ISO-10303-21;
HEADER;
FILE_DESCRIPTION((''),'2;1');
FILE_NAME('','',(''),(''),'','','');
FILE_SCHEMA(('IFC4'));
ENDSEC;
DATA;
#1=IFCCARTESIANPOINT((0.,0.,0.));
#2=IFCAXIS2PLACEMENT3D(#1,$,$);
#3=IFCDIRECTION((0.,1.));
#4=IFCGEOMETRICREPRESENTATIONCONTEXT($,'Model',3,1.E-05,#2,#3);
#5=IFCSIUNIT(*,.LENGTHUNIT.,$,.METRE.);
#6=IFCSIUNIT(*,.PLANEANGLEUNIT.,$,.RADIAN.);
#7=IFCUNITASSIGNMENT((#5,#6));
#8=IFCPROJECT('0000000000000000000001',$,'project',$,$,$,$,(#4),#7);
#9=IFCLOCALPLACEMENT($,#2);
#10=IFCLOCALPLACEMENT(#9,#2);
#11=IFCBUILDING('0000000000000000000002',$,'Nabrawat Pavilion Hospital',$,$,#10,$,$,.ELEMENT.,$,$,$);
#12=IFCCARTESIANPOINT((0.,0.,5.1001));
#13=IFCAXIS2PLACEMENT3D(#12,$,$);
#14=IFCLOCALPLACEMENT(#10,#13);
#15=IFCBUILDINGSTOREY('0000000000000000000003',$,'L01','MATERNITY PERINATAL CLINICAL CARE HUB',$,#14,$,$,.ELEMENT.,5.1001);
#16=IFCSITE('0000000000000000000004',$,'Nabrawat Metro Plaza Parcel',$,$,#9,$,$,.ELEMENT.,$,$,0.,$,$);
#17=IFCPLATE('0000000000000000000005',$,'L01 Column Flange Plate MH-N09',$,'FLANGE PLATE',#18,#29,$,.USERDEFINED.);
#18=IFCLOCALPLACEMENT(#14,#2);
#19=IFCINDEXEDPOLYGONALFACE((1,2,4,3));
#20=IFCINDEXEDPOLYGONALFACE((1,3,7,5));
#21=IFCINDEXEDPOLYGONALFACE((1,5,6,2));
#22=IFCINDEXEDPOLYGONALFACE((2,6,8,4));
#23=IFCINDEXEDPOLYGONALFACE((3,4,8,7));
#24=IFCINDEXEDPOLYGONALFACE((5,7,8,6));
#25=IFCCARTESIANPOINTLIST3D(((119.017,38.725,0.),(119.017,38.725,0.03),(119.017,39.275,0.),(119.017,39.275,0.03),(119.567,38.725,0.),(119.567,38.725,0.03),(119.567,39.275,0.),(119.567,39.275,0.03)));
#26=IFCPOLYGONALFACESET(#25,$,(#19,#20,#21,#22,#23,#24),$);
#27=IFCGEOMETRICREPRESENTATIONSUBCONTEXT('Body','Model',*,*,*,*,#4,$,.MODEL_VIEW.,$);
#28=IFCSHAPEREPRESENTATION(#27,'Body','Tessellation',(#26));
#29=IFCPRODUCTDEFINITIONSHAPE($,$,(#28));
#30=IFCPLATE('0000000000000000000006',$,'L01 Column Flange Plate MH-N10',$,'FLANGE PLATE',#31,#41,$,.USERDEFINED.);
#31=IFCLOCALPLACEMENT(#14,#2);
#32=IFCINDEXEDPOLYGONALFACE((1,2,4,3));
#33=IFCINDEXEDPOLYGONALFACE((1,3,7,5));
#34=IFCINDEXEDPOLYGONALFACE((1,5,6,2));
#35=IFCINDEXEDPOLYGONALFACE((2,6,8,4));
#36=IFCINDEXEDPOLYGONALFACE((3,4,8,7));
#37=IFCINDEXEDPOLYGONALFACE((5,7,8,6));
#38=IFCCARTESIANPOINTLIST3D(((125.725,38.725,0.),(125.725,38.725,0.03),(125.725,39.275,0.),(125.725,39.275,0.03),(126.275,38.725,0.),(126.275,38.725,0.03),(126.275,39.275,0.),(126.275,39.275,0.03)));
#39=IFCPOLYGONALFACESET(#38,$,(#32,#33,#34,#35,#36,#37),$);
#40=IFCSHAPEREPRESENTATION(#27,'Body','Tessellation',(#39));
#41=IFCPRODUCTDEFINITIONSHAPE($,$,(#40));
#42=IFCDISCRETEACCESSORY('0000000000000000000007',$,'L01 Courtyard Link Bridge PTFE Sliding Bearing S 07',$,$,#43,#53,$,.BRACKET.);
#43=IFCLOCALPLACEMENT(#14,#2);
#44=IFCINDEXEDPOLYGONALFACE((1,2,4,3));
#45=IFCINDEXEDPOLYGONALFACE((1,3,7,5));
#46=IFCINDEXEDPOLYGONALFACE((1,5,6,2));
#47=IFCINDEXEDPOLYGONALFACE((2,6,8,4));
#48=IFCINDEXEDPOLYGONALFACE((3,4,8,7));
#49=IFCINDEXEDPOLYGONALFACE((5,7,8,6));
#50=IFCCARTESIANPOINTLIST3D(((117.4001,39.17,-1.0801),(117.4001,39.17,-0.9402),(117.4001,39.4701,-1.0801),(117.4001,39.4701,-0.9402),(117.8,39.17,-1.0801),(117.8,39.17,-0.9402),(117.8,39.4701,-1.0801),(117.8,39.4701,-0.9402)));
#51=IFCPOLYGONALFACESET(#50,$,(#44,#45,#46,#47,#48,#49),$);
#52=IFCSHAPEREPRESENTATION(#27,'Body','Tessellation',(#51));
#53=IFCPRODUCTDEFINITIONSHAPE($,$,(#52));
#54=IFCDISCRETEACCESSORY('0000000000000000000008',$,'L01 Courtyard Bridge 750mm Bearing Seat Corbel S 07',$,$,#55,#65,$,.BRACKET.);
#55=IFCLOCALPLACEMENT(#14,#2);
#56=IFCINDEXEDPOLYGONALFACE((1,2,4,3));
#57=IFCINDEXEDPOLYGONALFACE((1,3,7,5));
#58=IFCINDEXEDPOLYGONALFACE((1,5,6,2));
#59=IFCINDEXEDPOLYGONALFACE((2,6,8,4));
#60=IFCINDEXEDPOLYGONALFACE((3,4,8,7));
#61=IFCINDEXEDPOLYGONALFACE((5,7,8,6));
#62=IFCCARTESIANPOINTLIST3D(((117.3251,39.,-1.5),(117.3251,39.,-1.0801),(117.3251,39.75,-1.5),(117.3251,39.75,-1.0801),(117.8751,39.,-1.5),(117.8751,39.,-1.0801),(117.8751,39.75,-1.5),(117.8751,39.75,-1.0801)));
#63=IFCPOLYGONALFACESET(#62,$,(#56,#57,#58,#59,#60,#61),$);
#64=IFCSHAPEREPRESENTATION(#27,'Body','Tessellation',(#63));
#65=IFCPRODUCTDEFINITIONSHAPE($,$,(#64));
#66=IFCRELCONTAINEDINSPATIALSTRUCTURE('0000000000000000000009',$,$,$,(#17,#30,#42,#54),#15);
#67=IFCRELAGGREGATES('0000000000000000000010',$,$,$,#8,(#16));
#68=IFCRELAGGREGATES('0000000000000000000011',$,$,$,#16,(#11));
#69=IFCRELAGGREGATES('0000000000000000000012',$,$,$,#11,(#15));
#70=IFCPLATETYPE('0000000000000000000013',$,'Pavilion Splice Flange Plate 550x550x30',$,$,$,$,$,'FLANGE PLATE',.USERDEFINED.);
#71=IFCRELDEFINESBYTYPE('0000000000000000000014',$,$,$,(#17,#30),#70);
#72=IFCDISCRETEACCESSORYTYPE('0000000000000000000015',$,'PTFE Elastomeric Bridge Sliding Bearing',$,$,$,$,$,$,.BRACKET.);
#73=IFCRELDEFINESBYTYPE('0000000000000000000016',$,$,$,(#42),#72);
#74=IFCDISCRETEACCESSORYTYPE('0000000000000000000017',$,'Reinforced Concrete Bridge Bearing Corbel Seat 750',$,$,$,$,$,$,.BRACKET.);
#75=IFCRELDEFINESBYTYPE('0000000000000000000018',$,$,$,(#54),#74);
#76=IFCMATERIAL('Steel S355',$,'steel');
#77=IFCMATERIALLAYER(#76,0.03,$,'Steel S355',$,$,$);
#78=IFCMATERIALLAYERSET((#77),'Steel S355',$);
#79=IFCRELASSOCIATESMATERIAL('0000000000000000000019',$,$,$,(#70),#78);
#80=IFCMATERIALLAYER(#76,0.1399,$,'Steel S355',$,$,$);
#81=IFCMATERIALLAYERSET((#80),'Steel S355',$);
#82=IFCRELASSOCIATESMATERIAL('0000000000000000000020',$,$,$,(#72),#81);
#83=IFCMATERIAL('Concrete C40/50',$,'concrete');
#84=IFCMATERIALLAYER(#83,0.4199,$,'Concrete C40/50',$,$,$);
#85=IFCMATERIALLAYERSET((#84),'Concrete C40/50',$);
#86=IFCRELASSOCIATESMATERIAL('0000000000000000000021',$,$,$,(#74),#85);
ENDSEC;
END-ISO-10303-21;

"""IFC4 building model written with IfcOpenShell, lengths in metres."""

from ifc_helpers import new_model, si_unit, direction, frame, origin, origin_2d, place, context, subcontext, project, spatial, rectangle, extrude, material, layer, layer_set, type_object, element, save


model = new_model("IFC4")

# Units and contexts
model_context = context("Model", 3, precision=1e-05, world=origin(), true_north=direction((0.0, 1.0)))
body_context = subcontext(model_context, "Body", "Model", "MODEL_VIEW")
ifc_project = project(units=[si_unit("LENGTHUNIT", "METRE"), si_unit("PLANEANGLEUNIT", "RADIAN")], contexts=[model_context])

# Site, building, storey
site_placement = place(None, origin())
site = spatial("IfcSite", under=ifc_project, at=site_placement, Name="Nabrawat Metro Plaza Parcel", CompositionType="ELEMENT", RefElevation=0.0)
building_placement = place(site_placement, origin())
building = spatial("IfcBuilding", under=site, at=building_placement, Name="Nabrawat Pavilion Hospital", CompositionType="ELEMENT")
storey_placement = place(building_placement, frame((0.0, 0.0, 5.1001)))
storey = spatial("IfcBuildingStorey", under=building, at=storey_placement, Name="L01", Description="MATERNITY PERINATAL CLINICAL CARE HUB", CompositionType="ELEMENT", Elevation=5.1001)

# Shared definitions
ifc_material_1 = material(Name="Steel S355", Category="steel")

# Plates
ifc_layer_1 = layer(ifc_material_1, 0.03, Name="Steel S355")
ifc_layer_set_1 = layer_set([ifc_layer_1], Name="Steel S355")
plate_type_1 = type_object("IfcPlateType", Name="Pavilion Splice Flange Plate 550x550x30", ElementType="FLANGE PLATE", PredefinedType="USERDEFINED", material=ifc_layer_set_1)
for number, where, z_axis, x_axis, name in (
    (1, (119.292, 39.0, 0.0), (0.0, 0.0, 1.0), (1.0, 0.0, 0.0), "L01 Column Flange Plate MH-N09"),
    (2, (126.0, 39.0, 0.0), (0.0, 0.0, 1.0), (1.0, 0.0, 0.0), "L01 Column Flange Plate MH-N10"),
):
    element("IfcPlate", number, at=place(storey_placement, frame(where, z_axis=z_axis, x_axis=x_axis)), inside=storey, type_object=plate_type_1, Name=name, ObjectType="FLANGE PLATE", PredefinedType="USERDEFINED", context=body_context, shape_type="SweptSolid", body=[
        extrude(rectangle(XDim=0.55, YDim=0.55, at=origin_2d()), origin(), (0.0, 0.0, 1.0), 0.03),
    ])

# Discrete accessories
ifc_layer_2 = layer(ifc_material_1, 0.1399, Name="Steel S355")
ifc_layer_set_2 = layer_set([ifc_layer_2], Name="Steel S355")
discrete_accessory_type_1 = type_object("IfcDiscreteAccessoryType", Name="PTFE Elastomeric Bridge Sliding Bearing", PredefinedType="BRACKET", material=ifc_layer_set_2)
discrete_accessory_1_placement = place(storey_placement, frame((117.6001, 39.3201, -1.0801), z_axis=(0.0, 0.0, 1.0), x_axis=(1.0, 0.0, 0.0)))
element("IfcDiscreteAccessory", 3, at=discrete_accessory_1_placement, inside=storey, type_object=discrete_accessory_type_1, Name="L01 Courtyard Link Bridge PTFE Sliding Bearing S 07", PredefinedType="BRACKET", context=body_context, shape_type="SweptSolid", body=[
    extrude(rectangle(XDim=0.3999, YDim=0.3, at=origin_2d()), origin(), (0.0, 0.0, 1.0), 0.1399),
])
ifc_material_2 = material(Name="Concrete C40/50", Category="concrete")
ifc_layer_3 = layer(ifc_material_2, 0.4199, Name="Concrete C40/50")
ifc_layer_set_3 = layer_set([ifc_layer_3], Name="Concrete C40/50")
discrete_accessory_type_2 = type_object("IfcDiscreteAccessoryType", Name="Reinforced Concrete Bridge Bearing Corbel Seat 750", PredefinedType="BRACKET", material=ifc_layer_set_3)
discrete_accessory_2_placement = place(storey_placement, frame((117.6001, 39.375, -1.5), z_axis=(0.0, 0.0, 1.0), x_axis=(1.0, 0.0, 0.0)))
element("IfcDiscreteAccessory", 4, at=discrete_accessory_2_placement, inside=storey, type_object=discrete_accessory_type_2, Name="L01 Courtyard Bridge 750mm Bearing Seat Corbel S 07", PredefinedType="BRACKET", context=body_context, shape_type="SweptSolid", body=[
    extrude(rectangle(XDim=0.55, YDim=0.75, at=origin_2d()), origin(), (0.0, 0.0, 1.0), 0.4199),
])

save(model, "model.ifc")
